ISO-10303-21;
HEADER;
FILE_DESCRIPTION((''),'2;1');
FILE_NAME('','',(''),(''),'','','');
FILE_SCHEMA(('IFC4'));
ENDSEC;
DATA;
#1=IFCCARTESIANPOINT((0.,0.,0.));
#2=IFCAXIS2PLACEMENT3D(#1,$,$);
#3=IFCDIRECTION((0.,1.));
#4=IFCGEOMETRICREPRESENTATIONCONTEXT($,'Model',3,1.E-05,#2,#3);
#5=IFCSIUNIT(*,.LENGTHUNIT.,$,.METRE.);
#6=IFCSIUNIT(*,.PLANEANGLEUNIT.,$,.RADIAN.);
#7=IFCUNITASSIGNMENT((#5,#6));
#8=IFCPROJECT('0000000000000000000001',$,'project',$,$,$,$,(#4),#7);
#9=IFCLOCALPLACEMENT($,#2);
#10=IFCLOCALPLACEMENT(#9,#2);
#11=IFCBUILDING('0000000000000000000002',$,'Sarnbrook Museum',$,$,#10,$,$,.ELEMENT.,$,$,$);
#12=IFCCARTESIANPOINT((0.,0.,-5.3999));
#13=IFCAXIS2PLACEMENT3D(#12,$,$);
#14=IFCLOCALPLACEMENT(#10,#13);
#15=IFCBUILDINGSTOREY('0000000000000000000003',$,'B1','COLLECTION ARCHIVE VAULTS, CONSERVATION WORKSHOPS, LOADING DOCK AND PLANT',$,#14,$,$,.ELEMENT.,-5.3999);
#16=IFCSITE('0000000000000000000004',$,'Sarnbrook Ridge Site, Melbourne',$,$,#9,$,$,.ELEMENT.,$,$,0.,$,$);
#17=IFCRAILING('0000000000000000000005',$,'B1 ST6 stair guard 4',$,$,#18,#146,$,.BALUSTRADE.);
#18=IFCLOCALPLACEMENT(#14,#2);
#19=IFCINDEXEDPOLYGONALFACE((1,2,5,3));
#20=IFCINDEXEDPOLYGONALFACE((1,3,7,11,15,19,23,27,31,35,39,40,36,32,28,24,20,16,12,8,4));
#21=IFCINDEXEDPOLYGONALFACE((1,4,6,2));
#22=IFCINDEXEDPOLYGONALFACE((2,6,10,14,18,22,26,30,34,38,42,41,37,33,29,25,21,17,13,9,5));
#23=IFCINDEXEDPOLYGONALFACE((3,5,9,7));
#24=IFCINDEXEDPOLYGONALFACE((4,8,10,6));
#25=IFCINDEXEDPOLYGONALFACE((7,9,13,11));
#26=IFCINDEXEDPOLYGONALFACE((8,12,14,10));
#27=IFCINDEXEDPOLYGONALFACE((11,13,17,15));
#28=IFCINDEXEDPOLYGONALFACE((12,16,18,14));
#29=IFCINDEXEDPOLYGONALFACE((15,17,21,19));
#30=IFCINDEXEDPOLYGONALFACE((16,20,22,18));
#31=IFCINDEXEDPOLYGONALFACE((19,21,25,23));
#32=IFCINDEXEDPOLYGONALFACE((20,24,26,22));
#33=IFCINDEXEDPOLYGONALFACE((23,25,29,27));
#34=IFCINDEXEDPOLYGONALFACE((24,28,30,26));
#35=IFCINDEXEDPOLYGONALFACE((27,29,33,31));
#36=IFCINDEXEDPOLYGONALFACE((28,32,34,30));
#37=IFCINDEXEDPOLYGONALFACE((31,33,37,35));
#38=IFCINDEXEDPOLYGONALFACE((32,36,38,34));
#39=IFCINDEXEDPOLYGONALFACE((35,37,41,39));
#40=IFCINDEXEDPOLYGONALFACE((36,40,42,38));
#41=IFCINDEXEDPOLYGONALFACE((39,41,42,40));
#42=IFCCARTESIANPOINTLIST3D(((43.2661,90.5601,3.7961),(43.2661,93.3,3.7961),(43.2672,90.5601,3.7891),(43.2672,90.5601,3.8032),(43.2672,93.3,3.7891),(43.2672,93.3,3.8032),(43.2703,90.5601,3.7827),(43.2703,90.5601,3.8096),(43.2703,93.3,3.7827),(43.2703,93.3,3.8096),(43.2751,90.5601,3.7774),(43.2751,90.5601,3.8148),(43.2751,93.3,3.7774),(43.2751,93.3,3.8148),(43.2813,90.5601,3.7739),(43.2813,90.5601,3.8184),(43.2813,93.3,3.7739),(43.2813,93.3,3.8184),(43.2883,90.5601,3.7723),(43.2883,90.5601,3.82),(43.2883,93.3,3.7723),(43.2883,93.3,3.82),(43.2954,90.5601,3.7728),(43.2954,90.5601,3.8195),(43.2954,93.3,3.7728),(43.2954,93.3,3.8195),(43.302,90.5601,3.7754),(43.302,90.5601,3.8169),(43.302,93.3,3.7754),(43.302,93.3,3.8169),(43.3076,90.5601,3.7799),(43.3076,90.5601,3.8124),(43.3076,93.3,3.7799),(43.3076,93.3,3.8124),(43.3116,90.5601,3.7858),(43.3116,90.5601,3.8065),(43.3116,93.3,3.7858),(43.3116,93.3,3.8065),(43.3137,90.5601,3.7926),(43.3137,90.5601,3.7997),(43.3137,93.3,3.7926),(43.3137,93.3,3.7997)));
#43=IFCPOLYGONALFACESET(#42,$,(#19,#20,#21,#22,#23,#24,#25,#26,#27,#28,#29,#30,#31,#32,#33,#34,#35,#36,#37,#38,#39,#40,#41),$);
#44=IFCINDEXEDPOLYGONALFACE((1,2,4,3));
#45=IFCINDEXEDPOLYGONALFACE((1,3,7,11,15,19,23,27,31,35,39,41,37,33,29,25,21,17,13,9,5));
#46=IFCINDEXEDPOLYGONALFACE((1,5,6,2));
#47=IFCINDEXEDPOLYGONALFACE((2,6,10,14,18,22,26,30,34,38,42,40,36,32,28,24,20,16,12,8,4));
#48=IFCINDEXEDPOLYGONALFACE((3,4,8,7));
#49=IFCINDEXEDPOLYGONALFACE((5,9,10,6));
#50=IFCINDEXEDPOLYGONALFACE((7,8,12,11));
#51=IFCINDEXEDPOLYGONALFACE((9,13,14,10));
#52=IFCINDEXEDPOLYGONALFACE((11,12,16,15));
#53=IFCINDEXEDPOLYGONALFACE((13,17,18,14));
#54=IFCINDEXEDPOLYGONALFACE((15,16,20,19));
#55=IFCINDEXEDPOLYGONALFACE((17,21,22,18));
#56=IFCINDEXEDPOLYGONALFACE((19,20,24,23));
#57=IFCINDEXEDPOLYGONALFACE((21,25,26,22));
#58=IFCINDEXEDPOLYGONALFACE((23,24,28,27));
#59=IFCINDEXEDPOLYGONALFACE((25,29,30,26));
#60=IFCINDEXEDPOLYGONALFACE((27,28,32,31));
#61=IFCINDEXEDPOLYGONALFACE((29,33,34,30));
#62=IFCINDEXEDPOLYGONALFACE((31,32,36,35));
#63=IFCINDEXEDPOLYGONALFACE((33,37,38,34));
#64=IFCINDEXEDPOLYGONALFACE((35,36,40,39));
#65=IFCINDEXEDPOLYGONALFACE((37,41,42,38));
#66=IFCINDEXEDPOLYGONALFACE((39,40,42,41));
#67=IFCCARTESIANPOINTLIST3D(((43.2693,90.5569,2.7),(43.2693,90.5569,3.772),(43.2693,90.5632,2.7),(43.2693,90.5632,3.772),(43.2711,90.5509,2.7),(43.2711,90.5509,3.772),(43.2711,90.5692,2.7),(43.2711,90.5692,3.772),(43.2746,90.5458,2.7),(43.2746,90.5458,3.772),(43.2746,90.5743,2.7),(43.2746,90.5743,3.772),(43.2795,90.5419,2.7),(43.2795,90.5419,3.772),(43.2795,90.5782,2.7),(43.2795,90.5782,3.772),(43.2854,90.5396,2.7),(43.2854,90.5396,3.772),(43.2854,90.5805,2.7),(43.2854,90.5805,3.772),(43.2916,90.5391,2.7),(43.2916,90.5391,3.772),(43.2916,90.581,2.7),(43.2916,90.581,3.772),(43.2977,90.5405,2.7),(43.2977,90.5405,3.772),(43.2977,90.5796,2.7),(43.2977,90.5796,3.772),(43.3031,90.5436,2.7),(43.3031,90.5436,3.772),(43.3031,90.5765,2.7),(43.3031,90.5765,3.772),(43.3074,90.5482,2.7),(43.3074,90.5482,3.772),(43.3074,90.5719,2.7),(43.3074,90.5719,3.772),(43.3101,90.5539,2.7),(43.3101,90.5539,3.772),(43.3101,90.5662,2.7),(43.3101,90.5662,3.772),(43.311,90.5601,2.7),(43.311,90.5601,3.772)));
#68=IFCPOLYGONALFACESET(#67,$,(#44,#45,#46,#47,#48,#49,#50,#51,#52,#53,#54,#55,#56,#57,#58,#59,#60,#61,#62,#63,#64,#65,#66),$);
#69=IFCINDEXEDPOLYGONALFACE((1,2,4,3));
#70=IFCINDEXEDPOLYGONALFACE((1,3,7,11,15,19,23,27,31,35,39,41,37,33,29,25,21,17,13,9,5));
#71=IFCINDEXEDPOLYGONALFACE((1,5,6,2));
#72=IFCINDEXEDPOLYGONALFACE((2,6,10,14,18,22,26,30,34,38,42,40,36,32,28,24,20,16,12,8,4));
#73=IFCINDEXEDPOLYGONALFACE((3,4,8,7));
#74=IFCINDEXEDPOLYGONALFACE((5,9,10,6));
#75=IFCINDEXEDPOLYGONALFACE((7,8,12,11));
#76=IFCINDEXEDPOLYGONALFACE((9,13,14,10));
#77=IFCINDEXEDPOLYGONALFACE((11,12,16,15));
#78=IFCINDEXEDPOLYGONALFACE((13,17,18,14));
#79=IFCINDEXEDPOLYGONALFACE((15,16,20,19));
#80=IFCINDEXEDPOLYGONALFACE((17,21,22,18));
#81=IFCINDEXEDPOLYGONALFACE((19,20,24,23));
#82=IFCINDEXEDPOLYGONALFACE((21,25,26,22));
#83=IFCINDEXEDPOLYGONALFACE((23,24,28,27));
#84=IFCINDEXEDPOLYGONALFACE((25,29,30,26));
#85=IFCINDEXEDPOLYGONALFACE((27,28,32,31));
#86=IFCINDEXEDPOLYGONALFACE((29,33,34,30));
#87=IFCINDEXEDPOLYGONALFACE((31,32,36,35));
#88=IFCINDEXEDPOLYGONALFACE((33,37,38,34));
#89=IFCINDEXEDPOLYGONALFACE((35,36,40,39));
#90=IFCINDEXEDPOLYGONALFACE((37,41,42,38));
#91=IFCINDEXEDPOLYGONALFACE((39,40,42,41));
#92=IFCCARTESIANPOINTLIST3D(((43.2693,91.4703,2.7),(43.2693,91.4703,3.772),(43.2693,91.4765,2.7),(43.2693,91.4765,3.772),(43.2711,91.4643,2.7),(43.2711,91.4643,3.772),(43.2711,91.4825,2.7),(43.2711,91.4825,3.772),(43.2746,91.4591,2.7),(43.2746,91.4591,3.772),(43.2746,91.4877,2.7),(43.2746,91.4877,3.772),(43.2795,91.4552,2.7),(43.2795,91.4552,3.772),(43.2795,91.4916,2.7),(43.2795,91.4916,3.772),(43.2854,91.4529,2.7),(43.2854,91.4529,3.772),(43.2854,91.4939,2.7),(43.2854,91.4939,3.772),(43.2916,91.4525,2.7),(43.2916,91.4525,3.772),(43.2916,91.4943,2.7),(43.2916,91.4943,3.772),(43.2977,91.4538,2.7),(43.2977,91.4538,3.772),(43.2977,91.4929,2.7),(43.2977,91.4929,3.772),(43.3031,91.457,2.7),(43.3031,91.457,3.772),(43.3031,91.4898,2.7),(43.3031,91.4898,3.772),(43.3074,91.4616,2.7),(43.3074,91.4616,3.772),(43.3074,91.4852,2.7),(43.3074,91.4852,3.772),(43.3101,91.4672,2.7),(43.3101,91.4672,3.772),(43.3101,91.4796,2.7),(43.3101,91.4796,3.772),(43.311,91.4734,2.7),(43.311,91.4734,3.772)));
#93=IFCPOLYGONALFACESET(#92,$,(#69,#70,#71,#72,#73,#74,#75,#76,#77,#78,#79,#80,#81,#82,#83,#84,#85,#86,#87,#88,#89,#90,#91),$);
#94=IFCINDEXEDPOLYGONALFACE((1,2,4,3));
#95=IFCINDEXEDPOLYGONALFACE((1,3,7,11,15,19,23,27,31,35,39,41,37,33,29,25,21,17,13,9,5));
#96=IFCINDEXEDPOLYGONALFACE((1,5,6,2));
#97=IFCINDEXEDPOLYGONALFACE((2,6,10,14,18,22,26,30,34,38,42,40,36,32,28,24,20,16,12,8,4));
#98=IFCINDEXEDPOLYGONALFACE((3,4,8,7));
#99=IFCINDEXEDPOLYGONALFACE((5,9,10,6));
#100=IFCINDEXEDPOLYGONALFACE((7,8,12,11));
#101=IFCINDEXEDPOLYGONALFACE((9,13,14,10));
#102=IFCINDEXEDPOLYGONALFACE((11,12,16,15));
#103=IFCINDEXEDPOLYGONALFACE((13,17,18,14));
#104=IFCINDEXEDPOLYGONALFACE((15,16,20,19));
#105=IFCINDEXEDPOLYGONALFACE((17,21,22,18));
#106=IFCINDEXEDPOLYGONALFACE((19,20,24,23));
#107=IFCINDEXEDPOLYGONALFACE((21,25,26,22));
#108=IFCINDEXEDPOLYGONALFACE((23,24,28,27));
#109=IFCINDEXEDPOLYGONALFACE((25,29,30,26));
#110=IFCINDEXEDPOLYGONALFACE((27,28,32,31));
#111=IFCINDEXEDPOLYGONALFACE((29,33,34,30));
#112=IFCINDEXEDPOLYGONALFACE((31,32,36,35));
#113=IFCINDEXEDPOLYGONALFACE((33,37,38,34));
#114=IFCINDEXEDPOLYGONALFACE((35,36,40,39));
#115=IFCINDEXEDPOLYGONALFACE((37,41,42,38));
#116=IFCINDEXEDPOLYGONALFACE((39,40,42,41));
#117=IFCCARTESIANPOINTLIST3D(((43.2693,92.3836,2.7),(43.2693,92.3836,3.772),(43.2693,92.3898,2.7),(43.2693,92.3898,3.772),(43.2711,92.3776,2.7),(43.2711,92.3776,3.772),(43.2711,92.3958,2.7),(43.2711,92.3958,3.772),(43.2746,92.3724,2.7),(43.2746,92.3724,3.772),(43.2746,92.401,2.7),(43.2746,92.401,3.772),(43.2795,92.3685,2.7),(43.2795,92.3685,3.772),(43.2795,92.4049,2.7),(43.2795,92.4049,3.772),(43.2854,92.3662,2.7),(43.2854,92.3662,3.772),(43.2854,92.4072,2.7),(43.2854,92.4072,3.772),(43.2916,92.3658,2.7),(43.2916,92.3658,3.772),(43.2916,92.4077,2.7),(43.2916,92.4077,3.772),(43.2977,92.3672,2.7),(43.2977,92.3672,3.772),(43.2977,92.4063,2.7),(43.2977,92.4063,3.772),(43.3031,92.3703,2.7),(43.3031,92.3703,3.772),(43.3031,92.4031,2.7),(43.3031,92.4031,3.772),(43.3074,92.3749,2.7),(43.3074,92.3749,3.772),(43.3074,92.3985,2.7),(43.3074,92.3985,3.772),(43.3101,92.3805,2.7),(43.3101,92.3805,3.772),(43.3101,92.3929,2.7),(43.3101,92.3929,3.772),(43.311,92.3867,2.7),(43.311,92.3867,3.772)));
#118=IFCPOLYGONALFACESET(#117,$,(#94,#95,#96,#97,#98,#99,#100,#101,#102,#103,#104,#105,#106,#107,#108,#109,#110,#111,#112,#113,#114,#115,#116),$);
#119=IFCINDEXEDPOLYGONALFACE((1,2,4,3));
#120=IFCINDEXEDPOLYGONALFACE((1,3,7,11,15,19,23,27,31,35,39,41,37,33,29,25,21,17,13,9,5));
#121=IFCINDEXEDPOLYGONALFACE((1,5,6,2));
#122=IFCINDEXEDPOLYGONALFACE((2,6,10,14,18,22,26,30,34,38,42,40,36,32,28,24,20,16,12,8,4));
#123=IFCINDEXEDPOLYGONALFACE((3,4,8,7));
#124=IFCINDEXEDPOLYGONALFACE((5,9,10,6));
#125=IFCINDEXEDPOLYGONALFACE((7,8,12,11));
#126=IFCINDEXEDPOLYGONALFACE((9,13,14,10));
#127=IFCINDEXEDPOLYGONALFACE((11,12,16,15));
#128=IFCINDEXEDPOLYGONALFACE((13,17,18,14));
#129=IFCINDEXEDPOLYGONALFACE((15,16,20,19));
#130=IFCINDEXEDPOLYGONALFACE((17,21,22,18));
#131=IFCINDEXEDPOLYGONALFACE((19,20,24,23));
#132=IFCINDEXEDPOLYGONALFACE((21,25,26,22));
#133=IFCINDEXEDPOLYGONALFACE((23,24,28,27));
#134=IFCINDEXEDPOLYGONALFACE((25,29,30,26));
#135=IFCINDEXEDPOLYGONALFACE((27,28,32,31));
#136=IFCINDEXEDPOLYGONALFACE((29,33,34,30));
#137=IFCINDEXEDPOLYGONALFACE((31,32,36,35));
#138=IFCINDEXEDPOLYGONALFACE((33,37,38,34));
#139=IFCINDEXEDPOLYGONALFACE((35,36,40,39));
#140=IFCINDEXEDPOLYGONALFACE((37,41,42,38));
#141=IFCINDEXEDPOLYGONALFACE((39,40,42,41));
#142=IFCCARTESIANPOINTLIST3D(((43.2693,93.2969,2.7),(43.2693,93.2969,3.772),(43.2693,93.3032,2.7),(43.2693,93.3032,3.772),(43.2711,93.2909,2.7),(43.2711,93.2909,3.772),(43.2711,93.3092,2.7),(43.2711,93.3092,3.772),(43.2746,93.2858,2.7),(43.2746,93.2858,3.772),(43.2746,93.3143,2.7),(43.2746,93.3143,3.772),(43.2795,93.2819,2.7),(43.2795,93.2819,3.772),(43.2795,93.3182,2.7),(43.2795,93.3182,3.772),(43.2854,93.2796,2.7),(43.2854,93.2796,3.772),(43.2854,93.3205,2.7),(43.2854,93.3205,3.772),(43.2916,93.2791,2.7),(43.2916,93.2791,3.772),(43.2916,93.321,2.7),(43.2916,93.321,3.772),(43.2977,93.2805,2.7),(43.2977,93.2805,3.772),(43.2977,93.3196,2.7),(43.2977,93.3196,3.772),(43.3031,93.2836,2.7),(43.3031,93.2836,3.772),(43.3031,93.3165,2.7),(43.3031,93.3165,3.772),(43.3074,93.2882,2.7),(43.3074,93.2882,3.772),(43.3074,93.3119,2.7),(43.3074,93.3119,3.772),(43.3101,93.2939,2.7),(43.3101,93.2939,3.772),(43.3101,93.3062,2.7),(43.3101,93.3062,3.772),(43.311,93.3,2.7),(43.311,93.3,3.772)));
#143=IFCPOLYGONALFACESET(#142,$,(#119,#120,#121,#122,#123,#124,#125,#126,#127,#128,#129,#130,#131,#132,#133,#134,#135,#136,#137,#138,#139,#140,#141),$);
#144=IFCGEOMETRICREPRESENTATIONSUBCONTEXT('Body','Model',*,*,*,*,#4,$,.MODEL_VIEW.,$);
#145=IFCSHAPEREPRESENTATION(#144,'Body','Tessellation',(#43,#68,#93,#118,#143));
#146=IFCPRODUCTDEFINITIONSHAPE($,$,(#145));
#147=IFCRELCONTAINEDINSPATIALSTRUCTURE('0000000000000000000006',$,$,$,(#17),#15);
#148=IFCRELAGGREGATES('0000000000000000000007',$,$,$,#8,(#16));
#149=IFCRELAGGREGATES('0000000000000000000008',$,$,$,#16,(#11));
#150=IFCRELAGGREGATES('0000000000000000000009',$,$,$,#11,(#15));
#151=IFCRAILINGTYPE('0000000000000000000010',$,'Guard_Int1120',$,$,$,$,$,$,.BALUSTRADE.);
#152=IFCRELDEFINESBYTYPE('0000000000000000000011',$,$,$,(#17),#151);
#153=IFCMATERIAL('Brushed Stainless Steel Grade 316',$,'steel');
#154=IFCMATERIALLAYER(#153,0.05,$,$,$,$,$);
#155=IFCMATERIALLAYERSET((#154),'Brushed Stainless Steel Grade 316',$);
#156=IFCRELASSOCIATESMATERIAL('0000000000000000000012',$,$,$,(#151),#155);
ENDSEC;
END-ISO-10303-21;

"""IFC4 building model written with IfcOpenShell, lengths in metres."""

from ifc_helpers import new_model, si_unit, direction, frame, origin, origin_2d, place, context, subcontext, project, spatial, circle, extrude, material, layer, layer_set, type_object, element, save


model = new_model("IFC4")

# Units and contexts
model_context = context("Model", 3, precision=1e-05, world=origin(), true_north=direction((0.0, 1.0)))
body_context = subcontext(model_context, "Body", "Model", "MODEL_VIEW")
ifc_project = project(units=[si_unit("LENGTHUNIT", "METRE"), si_unit("PLANEANGLEUNIT", "RADIAN")], contexts=[model_context])

# Site, building, storey
site_placement = place(None, origin())
site = spatial("IfcSite", under=ifc_project, at=site_placement, Name="Sarnbrook Ridge Site, Melbourne", CompositionType="ELEMENT", RefElevation=0.0)
building_placement = place(site_placement, origin())
building = spatial("IfcBuilding", under=site, at=building_placement, Name="Sarnbrook Museum", CompositionType="ELEMENT")
storey_placement = place(building_placement, frame((0.0, 0.0, -5.3999)))
storey = spatial("IfcBuildingStorey", under=building, at=storey_placement, Name="B1", Description="COLLECTION ARCHIVE VAULTS, CONSERVATION WORKSHOPS, LOADING DOCK AND PLANT", CompositionType="ELEMENT", Elevation=-5.3999)

# Railing
ifc_material_1 = material(Name="Brushed Stainless Steel Grade 316", Category="steel")
ifc_layer_1 = layer(ifc_material_1, 0.05)
ifc_layer_set_1 = layer_set([ifc_layer_1], Name="Brushed Stainless Steel Grade 316")
railing_type_1 = type_object("IfcRailingType", Name="Guard_Int1120", PredefinedType="BALUSTRADE", material=ifc_layer_set_1)
for number, where, name in (
    (1, (43.29, 90.5601, 2.7), "B1 ST6 stair guard 4"),
):
    element("IfcRailing", number, at=place(storey_placement, frame(where)), inside=storey, type_object=railing_type_1, Name=name, PredefinedType="BALUSTRADE", context=body_context, shape_type="SweptSolid", body=[
        extrude(circle(Radius=0.0239, at=origin_2d()), frame((0.0, 0.0, 1.0962), z_axis=(0.0, 1.0, 0.0), x_axis=(-1.0, 0.0, 0.0)), (0.0, 0.0, 1.0), 2.74),
        extrude(circle(Radius=0.021, at=origin_2d()), origin(), (0.0, 0.0, 1.0), 1.072),
        extrude(circle(Radius=0.021, at=origin_2d()), frame((0.0, 0.9133, 0.0)), (0.0, 0.0, 1.0), 1.072),
        extrude(circle(Radius=0.021, at=origin_2d()), frame((0.0, 1.8267, 0.0)), (0.0, 0.0, 1.0), 1.072),
        extrude(circle(Radius=0.021, at=origin_2d()), frame((0.0, 2.74, 0.0)), (0.0, 0.0, 1.0), 1.072),
    ])

save(model, "model.ifc")
